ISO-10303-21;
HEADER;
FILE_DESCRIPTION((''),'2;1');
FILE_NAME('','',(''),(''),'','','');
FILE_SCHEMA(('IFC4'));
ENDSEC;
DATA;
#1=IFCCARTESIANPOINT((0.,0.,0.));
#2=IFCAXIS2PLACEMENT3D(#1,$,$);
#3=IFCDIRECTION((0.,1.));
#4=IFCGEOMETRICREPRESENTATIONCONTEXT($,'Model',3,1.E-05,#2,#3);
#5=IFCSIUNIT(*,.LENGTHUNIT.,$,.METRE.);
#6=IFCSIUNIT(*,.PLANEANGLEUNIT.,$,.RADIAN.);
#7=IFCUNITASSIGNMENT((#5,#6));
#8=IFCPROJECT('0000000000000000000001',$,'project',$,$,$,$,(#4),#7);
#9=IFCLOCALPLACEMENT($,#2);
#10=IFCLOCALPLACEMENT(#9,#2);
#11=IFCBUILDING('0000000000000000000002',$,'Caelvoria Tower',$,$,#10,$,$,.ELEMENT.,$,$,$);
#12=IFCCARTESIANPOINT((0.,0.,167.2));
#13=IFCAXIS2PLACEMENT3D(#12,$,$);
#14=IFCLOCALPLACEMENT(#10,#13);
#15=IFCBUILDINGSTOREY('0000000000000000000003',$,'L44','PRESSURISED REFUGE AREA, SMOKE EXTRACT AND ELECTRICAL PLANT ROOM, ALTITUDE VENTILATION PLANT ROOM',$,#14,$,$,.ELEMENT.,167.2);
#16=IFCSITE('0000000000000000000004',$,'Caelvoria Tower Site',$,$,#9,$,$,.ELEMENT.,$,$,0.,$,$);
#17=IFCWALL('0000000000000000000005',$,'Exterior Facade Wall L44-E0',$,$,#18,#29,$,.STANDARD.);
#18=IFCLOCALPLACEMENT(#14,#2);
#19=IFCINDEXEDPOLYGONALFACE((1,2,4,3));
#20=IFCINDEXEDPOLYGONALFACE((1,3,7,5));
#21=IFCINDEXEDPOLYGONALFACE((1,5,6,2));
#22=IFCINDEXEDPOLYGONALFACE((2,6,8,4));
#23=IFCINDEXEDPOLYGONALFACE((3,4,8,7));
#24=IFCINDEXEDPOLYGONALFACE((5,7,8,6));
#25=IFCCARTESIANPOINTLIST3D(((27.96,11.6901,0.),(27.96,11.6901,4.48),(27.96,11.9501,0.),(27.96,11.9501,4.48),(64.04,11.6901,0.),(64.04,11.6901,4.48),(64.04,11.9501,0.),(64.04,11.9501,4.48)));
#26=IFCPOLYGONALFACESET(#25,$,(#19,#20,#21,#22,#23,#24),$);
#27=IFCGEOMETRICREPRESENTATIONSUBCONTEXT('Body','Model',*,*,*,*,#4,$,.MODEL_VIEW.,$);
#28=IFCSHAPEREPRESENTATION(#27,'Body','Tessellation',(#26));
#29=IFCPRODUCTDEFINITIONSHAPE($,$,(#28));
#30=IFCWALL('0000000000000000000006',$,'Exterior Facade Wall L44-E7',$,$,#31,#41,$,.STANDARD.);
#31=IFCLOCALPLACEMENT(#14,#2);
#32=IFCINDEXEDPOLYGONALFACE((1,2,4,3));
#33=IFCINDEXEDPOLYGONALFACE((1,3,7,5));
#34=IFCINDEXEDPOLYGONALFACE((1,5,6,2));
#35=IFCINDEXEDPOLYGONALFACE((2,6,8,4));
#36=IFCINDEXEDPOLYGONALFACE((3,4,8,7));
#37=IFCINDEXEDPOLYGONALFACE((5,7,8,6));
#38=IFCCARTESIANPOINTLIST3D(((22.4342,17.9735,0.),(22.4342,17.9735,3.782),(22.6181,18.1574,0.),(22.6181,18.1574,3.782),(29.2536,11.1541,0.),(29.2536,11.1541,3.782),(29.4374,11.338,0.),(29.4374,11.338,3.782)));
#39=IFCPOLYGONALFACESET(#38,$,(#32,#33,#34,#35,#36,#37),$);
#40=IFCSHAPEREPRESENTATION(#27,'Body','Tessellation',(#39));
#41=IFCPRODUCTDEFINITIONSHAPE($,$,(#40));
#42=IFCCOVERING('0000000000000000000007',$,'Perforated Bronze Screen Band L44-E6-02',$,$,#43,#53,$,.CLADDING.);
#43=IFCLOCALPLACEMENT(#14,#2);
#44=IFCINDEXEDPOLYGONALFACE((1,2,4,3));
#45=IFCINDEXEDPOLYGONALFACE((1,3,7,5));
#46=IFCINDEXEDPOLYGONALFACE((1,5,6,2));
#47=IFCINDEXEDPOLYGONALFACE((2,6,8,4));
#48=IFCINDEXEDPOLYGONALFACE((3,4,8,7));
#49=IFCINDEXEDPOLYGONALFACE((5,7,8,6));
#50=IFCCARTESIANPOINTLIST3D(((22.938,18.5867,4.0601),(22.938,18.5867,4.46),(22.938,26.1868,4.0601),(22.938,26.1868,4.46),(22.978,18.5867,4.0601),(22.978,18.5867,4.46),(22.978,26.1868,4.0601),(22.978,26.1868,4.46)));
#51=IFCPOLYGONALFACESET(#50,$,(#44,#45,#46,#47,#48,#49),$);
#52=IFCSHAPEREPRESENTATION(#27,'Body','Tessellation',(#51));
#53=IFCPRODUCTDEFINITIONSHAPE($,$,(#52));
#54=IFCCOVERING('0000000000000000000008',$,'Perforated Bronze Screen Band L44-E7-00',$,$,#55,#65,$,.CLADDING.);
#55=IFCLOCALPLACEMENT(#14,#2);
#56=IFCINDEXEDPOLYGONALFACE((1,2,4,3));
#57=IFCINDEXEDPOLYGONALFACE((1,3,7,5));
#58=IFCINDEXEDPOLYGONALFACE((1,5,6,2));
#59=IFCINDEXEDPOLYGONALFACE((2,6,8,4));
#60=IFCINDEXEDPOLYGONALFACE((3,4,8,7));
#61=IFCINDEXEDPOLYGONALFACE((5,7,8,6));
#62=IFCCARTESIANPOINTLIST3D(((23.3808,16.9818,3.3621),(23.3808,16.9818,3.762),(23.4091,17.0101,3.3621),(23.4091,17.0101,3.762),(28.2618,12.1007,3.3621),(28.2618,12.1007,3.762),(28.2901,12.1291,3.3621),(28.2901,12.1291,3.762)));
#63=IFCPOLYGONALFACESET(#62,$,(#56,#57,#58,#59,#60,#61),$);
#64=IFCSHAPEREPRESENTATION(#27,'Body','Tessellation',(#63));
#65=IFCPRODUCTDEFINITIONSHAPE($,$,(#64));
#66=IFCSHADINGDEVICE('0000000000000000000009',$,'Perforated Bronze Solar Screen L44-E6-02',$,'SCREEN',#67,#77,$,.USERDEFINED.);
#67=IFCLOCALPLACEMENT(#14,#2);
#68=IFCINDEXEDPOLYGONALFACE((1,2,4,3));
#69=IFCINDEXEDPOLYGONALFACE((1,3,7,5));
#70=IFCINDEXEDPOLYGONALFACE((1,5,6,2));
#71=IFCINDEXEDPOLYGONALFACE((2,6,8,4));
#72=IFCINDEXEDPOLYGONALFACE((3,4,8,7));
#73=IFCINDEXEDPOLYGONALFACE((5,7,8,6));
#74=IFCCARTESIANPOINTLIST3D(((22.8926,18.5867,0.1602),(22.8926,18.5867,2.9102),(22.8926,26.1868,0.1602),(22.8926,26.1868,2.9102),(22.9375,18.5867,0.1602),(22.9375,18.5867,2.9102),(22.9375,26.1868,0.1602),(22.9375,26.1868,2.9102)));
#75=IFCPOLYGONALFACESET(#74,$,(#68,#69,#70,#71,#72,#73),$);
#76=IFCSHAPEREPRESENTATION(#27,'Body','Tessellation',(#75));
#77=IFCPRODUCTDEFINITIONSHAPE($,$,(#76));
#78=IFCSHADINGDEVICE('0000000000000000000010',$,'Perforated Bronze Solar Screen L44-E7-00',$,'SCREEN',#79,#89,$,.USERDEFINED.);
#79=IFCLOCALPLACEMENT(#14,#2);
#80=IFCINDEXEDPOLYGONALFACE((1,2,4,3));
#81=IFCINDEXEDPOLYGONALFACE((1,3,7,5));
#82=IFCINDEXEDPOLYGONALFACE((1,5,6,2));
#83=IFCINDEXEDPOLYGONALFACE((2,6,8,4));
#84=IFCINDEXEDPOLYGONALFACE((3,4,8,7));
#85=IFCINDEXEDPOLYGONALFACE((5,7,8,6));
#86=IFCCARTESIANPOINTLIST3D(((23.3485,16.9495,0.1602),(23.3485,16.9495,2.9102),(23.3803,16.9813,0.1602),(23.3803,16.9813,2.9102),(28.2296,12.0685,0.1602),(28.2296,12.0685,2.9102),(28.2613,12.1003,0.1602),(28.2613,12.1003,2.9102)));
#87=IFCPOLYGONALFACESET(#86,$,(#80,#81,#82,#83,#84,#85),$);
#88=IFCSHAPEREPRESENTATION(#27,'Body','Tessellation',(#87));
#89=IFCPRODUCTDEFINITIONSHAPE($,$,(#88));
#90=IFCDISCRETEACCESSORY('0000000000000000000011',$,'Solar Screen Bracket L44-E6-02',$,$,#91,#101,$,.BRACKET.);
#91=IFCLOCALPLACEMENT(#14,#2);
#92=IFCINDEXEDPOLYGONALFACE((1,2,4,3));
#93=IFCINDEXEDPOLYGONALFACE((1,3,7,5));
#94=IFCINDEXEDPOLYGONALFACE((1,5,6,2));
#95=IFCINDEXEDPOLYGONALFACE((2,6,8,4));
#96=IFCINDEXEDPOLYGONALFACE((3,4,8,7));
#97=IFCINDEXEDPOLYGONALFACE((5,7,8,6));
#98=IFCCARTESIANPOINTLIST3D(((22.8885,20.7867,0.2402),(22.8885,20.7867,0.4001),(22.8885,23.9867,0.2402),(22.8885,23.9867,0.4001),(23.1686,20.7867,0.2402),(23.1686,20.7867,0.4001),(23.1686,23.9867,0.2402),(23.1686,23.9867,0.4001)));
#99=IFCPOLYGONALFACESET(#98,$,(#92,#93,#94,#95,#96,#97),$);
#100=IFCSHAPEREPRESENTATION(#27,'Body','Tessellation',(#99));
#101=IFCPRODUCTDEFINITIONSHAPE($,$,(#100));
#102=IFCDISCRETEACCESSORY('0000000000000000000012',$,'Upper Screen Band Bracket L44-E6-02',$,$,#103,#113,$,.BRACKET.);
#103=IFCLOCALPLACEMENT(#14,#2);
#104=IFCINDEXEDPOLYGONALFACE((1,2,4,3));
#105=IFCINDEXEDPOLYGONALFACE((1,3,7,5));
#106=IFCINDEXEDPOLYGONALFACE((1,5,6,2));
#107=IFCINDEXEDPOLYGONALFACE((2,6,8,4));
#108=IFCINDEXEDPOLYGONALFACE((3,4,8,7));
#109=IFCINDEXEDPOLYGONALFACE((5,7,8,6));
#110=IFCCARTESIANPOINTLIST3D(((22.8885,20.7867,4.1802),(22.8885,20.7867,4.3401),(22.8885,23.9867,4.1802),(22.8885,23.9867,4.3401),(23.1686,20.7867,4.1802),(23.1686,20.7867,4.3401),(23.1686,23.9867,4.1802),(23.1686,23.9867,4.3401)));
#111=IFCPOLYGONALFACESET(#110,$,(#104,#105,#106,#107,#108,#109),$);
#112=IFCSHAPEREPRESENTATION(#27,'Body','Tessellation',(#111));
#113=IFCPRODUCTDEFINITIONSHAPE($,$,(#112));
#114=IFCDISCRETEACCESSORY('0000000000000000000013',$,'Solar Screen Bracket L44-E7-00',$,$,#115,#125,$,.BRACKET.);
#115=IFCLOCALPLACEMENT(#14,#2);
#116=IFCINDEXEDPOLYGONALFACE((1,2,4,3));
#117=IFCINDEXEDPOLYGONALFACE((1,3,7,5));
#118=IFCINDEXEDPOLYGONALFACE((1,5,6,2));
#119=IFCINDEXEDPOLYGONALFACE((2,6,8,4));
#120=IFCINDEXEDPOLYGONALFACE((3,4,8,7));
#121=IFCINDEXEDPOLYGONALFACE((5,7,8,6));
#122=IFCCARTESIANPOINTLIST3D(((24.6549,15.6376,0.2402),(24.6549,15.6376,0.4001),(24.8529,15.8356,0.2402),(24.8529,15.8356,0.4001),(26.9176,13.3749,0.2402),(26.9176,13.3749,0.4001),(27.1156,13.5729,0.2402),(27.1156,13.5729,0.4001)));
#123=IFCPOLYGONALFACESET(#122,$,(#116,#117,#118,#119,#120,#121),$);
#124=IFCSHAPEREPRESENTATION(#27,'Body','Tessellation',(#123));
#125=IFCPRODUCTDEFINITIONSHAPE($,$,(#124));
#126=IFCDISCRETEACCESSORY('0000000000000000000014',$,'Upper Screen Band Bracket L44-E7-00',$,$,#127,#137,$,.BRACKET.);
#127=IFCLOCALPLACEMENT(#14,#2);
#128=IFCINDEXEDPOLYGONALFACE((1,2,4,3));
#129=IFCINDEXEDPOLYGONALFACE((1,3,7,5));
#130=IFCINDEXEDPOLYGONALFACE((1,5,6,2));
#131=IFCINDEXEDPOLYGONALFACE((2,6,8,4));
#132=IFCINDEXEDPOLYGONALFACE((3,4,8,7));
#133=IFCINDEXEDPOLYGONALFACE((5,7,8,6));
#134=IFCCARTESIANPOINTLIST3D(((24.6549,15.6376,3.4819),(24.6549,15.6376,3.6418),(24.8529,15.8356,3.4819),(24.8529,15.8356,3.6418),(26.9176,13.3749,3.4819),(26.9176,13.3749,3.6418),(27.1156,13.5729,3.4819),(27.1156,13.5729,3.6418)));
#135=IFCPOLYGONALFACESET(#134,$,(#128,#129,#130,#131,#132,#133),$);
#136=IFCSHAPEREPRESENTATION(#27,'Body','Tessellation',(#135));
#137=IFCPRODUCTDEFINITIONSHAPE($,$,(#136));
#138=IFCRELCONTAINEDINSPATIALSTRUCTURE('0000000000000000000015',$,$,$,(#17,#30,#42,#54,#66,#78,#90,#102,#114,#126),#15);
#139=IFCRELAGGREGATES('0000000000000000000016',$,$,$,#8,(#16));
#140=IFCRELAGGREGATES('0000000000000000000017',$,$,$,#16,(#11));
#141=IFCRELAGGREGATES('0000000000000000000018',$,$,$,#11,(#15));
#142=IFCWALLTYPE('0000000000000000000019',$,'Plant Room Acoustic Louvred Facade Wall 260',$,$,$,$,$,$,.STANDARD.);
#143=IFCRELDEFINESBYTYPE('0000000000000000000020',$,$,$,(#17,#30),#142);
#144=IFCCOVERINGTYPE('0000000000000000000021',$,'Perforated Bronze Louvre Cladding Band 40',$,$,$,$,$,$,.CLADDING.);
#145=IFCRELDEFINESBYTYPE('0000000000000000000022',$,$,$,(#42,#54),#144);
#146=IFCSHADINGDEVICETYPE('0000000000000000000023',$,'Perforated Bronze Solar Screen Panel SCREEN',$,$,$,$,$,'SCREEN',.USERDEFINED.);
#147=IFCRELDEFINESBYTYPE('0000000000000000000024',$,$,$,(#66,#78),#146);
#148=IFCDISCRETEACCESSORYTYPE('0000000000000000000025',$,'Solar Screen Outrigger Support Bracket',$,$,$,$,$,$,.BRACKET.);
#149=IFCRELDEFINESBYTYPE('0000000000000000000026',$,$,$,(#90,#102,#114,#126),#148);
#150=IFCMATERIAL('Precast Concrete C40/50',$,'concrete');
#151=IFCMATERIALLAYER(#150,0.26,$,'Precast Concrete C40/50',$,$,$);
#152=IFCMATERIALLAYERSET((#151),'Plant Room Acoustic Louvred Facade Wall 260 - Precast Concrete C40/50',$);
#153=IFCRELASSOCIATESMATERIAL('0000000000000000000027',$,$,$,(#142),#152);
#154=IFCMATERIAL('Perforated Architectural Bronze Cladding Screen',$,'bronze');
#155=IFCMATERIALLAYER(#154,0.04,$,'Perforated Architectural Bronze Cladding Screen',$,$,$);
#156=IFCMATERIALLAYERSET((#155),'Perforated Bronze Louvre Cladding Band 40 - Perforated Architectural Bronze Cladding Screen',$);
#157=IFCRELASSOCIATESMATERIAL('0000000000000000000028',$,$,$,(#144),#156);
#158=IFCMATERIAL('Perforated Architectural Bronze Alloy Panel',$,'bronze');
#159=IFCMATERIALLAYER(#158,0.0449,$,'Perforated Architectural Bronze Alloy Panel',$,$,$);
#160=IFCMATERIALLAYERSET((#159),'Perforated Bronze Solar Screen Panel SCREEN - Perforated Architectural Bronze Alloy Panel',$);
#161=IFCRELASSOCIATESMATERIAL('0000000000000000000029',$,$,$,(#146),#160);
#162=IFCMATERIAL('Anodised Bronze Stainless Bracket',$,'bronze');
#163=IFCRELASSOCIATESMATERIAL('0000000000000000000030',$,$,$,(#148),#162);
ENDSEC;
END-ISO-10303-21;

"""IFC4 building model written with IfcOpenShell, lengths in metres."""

from ifc_helpers import new_model, si_unit, direction, frame, frame_2d, origin, origin_2d, place, context, subcontext, project, spatial, rectangle, extrude, material, layer, layer_set, type_object, element, save


model = new_model("IFC4")

# Units and contexts
model_context = context("Model", 3, precision=1e-05, world=origin(), true_north=direction((0.0, 1.0)))
body_context = subcontext(model_context, "Body", "Model", "MODEL_VIEW")
ifc_project = project(units=[si_unit("LENGTHUNIT", "METRE"), si_unit("PLANEANGLEUNIT", "RADIAN")], contexts=[model_context])

# Site, building, storey
site_placement = place(None, origin())
site = spatial("IfcSite", under=ifc_project, at=site_placement, Name="Caelvoria Tower Site", CompositionType="ELEMENT", RefElevation=0.0)
building_placement = place(site_placement, origin())
building = spatial("IfcBuilding", under=site, at=building_placement, Name="Caelvoria Tower", CompositionType="ELEMENT")
storey_placement = place(building_placement, frame((0.0, 0.0, 167.2)))
storey = spatial("IfcBuildingStorey", under=building, at=storey_placement, Name="L44", Description="PRESSURISED REFUGE AREA, SMOKE EXTRACT AND ELECTRICAL PLANT ROOM, ALTITUDE VENTILATION PLANT ROOM", CompositionType="ELEMENT", Elevation=167.2)

# Walls
ifc_material_1 = material(Name="Precast Concrete C40/50", Category="concrete")
ifc_layer_1 = layer(ifc_material_1, 0.26, Name="Precast Concrete C40/50")
ifc_layer_set_1 = layer_set([ifc_layer_1], Name="Plant Room Acoustic Louvred Facade Wall 260 - Precast Concrete C40/50")
wall_type_1 = type_object("IfcWallType", Name="Plant Room Acoustic Louvred Facade Wall 260", PredefinedType="STANDARD", material=ifc_layer_set_1)
wall_1_placement = place(storey_placement, frame((27.96, 11.8201, 0.0), z_axis=(0.0, 0.0, 1.0), x_axis=(1.0, 0.0, 0.0)))
element("IfcWall", 1, at=wall_1_placement, inside=storey, type_object=wall_type_1, Name="Exterior Facade Wall L44-E0", PredefinedType="STANDARD", context=body_context, shape_type="SweptSolid", body=[
    extrude(rectangle(XDim=36.0801, YDim=0.26, at=frame_2d((18.04, 0.0))), origin(), (0.0, 0.0, 1.0), 4.48),
])
wall_2_placement = place(storey_placement, frame((22.5261, 18.0654, 0.0), z_axis=(0.0, 0.0, 1.0), x_axis=(0.707107, -0.707107, 0.0)))
element("IfcWall", 2, at=wall_2_placement, inside=storey, type_object=wall_type_1, Name="Exterior Facade Wall L44-E7", PredefinedType="STANDARD", context=body_context, shape_type="SweptSolid", body=[
    extrude(rectangle(XDim=9.644, YDim=0.26, at=frame_2d((4.822, 0.0))), origin(), (0.0, 0.0, 1.0), 3.782),
])

# Coverings
ifc_material_2 = material(Name="Perforated Architectural Bronze Cladding Screen", Category="bronze")
ifc_layer_2 = layer(ifc_material_2, 0.04, Name="Perforated Architectural Bronze Cladding Screen")
ifc_layer_set_2 = layer_set([ifc_layer_2], Name="Perforated Bronze Louvre Cladding Band 40 - Perforated Architectural Bronze Cladding Screen")
covering_type = type_object("IfcCoveringType", Name="Perforated Bronze Louvre Cladding Band 40", PredefinedType="CLADDING", material=ifc_layer_set_2)
covering_1_placement = place(storey_placement, frame((22.958, 22.3867, 4.0601), z_axis=(0.0, 0.0, 1.0), x_axis=(0.0, -1.0, 0.0)))
element("IfcCovering", 3, at=covering_1_placement, inside=storey, type_object=covering_type, Name="Perforated Bronze Screen Band L44-E6-02", PredefinedType="CLADDING", context=body_context, shape_type="SweptSolid", body=[
    extrude(rectangle(XDim=7.6001, YDim=0.04, at=origin_2d()), origin(), (0.0, 0.0, 1.0), 0.3999),
])
covering_2_placement = place(storey_placement, frame((25.8354, 14.5554, 3.3621), z_axis=(0.0, 0.0, 1.0), x_axis=(0.707107, -0.707107, 0.0)))
element("IfcCovering", 4, at=covering_2_placement, inside=storey, type_object=covering_type, Name="Perforated Bronze Screen Band L44-E7-00", PredefinedType="CLADDING", context=body_context, shape_type="SweptSolid", body=[
    extrude(rectangle(XDim=6.9028, YDim=0.04, at=origin_2d()), origin(), (0.0, 0.0, 1.0), 0.3999),
])

# Shading devices
ifc_material_3 = material(Name="Perforated Architectural Bronze Alloy Panel", Category="bronze")
ifc_layer_3 = layer(ifc_material_3, 0.0449, Name="Perforated Architectural Bronze Alloy Panel")
ifc_layer_set_3 = layer_set([ifc_layer_3], Name="Perforated Bronze Solar Screen Panel SCREEN - Perforated Architectural Bronze Alloy Panel")
shading_device_type = type_object("IfcShadingDeviceType", Name="Perforated Bronze Solar Screen Panel SCREEN", ElementType="SCREEN", PredefinedType="USERDEFINED", material=ifc_layer_set_3)
shading_device_1_placement = place(storey_placement, frame((22.915, 22.3867, 0.1602), z_axis=(0.0, 0.0, 1.0), x_axis=(0.0, -1.0, 0.0)))
element("IfcShadingDevice", 5, at=shading_device_1_placement, inside=storey, type_object=shading_device_type, Name="Perforated Bronze Solar Screen L44-E6-02", ObjectType="SCREEN", PredefinedType="USERDEFINED", context=body_context, shape_type="SweptSolid", body=[
    extrude(rectangle(XDim=7.6001, YDim=0.0449, at=origin_2d()), origin(), (0.0, 0.0, 1.0), 2.75),
])
shading_device_2_placement = place(storey_placement, frame((25.8049, 14.5249, 0.1602), z_axis=(0.0, 0.0, 1.0), x_axis=(0.707107, -0.707107, 0.0)))
element("IfcShadingDevice", 6, at=shading_device_2_placement, inside=storey, type_object=shading_device_type, Name="Perforated Bronze Solar Screen L44-E7-00", ObjectType="SCREEN", PredefinedType="USERDEFINED", context=body_context, shape_type="SweptSolid", body=[
    extrude(rectangle(XDim=6.9028, YDim=0.0449, at=origin_2d()), origin(), (0.0, 0.0, 1.0), 2.75),
])

# Discrete accessories
ifc_material_4 = material(Name="Anodised Bronze Stainless Bracket", Category="bronze")
discrete_accessory_type = type_object("IfcDiscreteAccessoryType", Name="Solar Screen Outrigger Support Bracket", PredefinedType="BRACKET", material=ifc_material_4)
for number, where, z_axis, x_axis, name in (
    (7, (23.0286, 22.3867, 0.2402), (0.0, 0.0, 1.0), (0.0, -1.0, 0.0), "Solar Screen Bracket L44-E6-02"),
    (8, (23.0286, 22.3867, 4.1802), (0.0, 0.0, 1.0), (0.0, -1.0, 0.0), "Upper Screen Band Bracket L44-E6-02"),
    (9, (25.8853, 14.6052, 0.2402), (0.0, 0.0, 1.0), (0.707107, -0.707107, 0.0), "Solar Screen Bracket L44-E7-00"),
    (10, (25.8853, 14.6052, 3.4819), (0.0, 0.0, 1.0), (0.707107, -0.707107, 0.0), "Upper Screen Band Bracket L44-E7-00"),
):
    element("IfcDiscreteAccessory", number, at=place(storey_placement, frame(where, z_axis=z_axis, x_axis=x_axis)), inside=storey, type_object=discrete_accessory_type, Name=name, PredefinedType="BRACKET", context=body_context, shape_type="SweptSolid", body=[
        extrude(rectangle(XDim=3.2, YDim=0.28, at=origin_2d()), origin(), (0.0, 0.0, 1.0), 0.1599),
    ])

save(model, "model.ifc")
